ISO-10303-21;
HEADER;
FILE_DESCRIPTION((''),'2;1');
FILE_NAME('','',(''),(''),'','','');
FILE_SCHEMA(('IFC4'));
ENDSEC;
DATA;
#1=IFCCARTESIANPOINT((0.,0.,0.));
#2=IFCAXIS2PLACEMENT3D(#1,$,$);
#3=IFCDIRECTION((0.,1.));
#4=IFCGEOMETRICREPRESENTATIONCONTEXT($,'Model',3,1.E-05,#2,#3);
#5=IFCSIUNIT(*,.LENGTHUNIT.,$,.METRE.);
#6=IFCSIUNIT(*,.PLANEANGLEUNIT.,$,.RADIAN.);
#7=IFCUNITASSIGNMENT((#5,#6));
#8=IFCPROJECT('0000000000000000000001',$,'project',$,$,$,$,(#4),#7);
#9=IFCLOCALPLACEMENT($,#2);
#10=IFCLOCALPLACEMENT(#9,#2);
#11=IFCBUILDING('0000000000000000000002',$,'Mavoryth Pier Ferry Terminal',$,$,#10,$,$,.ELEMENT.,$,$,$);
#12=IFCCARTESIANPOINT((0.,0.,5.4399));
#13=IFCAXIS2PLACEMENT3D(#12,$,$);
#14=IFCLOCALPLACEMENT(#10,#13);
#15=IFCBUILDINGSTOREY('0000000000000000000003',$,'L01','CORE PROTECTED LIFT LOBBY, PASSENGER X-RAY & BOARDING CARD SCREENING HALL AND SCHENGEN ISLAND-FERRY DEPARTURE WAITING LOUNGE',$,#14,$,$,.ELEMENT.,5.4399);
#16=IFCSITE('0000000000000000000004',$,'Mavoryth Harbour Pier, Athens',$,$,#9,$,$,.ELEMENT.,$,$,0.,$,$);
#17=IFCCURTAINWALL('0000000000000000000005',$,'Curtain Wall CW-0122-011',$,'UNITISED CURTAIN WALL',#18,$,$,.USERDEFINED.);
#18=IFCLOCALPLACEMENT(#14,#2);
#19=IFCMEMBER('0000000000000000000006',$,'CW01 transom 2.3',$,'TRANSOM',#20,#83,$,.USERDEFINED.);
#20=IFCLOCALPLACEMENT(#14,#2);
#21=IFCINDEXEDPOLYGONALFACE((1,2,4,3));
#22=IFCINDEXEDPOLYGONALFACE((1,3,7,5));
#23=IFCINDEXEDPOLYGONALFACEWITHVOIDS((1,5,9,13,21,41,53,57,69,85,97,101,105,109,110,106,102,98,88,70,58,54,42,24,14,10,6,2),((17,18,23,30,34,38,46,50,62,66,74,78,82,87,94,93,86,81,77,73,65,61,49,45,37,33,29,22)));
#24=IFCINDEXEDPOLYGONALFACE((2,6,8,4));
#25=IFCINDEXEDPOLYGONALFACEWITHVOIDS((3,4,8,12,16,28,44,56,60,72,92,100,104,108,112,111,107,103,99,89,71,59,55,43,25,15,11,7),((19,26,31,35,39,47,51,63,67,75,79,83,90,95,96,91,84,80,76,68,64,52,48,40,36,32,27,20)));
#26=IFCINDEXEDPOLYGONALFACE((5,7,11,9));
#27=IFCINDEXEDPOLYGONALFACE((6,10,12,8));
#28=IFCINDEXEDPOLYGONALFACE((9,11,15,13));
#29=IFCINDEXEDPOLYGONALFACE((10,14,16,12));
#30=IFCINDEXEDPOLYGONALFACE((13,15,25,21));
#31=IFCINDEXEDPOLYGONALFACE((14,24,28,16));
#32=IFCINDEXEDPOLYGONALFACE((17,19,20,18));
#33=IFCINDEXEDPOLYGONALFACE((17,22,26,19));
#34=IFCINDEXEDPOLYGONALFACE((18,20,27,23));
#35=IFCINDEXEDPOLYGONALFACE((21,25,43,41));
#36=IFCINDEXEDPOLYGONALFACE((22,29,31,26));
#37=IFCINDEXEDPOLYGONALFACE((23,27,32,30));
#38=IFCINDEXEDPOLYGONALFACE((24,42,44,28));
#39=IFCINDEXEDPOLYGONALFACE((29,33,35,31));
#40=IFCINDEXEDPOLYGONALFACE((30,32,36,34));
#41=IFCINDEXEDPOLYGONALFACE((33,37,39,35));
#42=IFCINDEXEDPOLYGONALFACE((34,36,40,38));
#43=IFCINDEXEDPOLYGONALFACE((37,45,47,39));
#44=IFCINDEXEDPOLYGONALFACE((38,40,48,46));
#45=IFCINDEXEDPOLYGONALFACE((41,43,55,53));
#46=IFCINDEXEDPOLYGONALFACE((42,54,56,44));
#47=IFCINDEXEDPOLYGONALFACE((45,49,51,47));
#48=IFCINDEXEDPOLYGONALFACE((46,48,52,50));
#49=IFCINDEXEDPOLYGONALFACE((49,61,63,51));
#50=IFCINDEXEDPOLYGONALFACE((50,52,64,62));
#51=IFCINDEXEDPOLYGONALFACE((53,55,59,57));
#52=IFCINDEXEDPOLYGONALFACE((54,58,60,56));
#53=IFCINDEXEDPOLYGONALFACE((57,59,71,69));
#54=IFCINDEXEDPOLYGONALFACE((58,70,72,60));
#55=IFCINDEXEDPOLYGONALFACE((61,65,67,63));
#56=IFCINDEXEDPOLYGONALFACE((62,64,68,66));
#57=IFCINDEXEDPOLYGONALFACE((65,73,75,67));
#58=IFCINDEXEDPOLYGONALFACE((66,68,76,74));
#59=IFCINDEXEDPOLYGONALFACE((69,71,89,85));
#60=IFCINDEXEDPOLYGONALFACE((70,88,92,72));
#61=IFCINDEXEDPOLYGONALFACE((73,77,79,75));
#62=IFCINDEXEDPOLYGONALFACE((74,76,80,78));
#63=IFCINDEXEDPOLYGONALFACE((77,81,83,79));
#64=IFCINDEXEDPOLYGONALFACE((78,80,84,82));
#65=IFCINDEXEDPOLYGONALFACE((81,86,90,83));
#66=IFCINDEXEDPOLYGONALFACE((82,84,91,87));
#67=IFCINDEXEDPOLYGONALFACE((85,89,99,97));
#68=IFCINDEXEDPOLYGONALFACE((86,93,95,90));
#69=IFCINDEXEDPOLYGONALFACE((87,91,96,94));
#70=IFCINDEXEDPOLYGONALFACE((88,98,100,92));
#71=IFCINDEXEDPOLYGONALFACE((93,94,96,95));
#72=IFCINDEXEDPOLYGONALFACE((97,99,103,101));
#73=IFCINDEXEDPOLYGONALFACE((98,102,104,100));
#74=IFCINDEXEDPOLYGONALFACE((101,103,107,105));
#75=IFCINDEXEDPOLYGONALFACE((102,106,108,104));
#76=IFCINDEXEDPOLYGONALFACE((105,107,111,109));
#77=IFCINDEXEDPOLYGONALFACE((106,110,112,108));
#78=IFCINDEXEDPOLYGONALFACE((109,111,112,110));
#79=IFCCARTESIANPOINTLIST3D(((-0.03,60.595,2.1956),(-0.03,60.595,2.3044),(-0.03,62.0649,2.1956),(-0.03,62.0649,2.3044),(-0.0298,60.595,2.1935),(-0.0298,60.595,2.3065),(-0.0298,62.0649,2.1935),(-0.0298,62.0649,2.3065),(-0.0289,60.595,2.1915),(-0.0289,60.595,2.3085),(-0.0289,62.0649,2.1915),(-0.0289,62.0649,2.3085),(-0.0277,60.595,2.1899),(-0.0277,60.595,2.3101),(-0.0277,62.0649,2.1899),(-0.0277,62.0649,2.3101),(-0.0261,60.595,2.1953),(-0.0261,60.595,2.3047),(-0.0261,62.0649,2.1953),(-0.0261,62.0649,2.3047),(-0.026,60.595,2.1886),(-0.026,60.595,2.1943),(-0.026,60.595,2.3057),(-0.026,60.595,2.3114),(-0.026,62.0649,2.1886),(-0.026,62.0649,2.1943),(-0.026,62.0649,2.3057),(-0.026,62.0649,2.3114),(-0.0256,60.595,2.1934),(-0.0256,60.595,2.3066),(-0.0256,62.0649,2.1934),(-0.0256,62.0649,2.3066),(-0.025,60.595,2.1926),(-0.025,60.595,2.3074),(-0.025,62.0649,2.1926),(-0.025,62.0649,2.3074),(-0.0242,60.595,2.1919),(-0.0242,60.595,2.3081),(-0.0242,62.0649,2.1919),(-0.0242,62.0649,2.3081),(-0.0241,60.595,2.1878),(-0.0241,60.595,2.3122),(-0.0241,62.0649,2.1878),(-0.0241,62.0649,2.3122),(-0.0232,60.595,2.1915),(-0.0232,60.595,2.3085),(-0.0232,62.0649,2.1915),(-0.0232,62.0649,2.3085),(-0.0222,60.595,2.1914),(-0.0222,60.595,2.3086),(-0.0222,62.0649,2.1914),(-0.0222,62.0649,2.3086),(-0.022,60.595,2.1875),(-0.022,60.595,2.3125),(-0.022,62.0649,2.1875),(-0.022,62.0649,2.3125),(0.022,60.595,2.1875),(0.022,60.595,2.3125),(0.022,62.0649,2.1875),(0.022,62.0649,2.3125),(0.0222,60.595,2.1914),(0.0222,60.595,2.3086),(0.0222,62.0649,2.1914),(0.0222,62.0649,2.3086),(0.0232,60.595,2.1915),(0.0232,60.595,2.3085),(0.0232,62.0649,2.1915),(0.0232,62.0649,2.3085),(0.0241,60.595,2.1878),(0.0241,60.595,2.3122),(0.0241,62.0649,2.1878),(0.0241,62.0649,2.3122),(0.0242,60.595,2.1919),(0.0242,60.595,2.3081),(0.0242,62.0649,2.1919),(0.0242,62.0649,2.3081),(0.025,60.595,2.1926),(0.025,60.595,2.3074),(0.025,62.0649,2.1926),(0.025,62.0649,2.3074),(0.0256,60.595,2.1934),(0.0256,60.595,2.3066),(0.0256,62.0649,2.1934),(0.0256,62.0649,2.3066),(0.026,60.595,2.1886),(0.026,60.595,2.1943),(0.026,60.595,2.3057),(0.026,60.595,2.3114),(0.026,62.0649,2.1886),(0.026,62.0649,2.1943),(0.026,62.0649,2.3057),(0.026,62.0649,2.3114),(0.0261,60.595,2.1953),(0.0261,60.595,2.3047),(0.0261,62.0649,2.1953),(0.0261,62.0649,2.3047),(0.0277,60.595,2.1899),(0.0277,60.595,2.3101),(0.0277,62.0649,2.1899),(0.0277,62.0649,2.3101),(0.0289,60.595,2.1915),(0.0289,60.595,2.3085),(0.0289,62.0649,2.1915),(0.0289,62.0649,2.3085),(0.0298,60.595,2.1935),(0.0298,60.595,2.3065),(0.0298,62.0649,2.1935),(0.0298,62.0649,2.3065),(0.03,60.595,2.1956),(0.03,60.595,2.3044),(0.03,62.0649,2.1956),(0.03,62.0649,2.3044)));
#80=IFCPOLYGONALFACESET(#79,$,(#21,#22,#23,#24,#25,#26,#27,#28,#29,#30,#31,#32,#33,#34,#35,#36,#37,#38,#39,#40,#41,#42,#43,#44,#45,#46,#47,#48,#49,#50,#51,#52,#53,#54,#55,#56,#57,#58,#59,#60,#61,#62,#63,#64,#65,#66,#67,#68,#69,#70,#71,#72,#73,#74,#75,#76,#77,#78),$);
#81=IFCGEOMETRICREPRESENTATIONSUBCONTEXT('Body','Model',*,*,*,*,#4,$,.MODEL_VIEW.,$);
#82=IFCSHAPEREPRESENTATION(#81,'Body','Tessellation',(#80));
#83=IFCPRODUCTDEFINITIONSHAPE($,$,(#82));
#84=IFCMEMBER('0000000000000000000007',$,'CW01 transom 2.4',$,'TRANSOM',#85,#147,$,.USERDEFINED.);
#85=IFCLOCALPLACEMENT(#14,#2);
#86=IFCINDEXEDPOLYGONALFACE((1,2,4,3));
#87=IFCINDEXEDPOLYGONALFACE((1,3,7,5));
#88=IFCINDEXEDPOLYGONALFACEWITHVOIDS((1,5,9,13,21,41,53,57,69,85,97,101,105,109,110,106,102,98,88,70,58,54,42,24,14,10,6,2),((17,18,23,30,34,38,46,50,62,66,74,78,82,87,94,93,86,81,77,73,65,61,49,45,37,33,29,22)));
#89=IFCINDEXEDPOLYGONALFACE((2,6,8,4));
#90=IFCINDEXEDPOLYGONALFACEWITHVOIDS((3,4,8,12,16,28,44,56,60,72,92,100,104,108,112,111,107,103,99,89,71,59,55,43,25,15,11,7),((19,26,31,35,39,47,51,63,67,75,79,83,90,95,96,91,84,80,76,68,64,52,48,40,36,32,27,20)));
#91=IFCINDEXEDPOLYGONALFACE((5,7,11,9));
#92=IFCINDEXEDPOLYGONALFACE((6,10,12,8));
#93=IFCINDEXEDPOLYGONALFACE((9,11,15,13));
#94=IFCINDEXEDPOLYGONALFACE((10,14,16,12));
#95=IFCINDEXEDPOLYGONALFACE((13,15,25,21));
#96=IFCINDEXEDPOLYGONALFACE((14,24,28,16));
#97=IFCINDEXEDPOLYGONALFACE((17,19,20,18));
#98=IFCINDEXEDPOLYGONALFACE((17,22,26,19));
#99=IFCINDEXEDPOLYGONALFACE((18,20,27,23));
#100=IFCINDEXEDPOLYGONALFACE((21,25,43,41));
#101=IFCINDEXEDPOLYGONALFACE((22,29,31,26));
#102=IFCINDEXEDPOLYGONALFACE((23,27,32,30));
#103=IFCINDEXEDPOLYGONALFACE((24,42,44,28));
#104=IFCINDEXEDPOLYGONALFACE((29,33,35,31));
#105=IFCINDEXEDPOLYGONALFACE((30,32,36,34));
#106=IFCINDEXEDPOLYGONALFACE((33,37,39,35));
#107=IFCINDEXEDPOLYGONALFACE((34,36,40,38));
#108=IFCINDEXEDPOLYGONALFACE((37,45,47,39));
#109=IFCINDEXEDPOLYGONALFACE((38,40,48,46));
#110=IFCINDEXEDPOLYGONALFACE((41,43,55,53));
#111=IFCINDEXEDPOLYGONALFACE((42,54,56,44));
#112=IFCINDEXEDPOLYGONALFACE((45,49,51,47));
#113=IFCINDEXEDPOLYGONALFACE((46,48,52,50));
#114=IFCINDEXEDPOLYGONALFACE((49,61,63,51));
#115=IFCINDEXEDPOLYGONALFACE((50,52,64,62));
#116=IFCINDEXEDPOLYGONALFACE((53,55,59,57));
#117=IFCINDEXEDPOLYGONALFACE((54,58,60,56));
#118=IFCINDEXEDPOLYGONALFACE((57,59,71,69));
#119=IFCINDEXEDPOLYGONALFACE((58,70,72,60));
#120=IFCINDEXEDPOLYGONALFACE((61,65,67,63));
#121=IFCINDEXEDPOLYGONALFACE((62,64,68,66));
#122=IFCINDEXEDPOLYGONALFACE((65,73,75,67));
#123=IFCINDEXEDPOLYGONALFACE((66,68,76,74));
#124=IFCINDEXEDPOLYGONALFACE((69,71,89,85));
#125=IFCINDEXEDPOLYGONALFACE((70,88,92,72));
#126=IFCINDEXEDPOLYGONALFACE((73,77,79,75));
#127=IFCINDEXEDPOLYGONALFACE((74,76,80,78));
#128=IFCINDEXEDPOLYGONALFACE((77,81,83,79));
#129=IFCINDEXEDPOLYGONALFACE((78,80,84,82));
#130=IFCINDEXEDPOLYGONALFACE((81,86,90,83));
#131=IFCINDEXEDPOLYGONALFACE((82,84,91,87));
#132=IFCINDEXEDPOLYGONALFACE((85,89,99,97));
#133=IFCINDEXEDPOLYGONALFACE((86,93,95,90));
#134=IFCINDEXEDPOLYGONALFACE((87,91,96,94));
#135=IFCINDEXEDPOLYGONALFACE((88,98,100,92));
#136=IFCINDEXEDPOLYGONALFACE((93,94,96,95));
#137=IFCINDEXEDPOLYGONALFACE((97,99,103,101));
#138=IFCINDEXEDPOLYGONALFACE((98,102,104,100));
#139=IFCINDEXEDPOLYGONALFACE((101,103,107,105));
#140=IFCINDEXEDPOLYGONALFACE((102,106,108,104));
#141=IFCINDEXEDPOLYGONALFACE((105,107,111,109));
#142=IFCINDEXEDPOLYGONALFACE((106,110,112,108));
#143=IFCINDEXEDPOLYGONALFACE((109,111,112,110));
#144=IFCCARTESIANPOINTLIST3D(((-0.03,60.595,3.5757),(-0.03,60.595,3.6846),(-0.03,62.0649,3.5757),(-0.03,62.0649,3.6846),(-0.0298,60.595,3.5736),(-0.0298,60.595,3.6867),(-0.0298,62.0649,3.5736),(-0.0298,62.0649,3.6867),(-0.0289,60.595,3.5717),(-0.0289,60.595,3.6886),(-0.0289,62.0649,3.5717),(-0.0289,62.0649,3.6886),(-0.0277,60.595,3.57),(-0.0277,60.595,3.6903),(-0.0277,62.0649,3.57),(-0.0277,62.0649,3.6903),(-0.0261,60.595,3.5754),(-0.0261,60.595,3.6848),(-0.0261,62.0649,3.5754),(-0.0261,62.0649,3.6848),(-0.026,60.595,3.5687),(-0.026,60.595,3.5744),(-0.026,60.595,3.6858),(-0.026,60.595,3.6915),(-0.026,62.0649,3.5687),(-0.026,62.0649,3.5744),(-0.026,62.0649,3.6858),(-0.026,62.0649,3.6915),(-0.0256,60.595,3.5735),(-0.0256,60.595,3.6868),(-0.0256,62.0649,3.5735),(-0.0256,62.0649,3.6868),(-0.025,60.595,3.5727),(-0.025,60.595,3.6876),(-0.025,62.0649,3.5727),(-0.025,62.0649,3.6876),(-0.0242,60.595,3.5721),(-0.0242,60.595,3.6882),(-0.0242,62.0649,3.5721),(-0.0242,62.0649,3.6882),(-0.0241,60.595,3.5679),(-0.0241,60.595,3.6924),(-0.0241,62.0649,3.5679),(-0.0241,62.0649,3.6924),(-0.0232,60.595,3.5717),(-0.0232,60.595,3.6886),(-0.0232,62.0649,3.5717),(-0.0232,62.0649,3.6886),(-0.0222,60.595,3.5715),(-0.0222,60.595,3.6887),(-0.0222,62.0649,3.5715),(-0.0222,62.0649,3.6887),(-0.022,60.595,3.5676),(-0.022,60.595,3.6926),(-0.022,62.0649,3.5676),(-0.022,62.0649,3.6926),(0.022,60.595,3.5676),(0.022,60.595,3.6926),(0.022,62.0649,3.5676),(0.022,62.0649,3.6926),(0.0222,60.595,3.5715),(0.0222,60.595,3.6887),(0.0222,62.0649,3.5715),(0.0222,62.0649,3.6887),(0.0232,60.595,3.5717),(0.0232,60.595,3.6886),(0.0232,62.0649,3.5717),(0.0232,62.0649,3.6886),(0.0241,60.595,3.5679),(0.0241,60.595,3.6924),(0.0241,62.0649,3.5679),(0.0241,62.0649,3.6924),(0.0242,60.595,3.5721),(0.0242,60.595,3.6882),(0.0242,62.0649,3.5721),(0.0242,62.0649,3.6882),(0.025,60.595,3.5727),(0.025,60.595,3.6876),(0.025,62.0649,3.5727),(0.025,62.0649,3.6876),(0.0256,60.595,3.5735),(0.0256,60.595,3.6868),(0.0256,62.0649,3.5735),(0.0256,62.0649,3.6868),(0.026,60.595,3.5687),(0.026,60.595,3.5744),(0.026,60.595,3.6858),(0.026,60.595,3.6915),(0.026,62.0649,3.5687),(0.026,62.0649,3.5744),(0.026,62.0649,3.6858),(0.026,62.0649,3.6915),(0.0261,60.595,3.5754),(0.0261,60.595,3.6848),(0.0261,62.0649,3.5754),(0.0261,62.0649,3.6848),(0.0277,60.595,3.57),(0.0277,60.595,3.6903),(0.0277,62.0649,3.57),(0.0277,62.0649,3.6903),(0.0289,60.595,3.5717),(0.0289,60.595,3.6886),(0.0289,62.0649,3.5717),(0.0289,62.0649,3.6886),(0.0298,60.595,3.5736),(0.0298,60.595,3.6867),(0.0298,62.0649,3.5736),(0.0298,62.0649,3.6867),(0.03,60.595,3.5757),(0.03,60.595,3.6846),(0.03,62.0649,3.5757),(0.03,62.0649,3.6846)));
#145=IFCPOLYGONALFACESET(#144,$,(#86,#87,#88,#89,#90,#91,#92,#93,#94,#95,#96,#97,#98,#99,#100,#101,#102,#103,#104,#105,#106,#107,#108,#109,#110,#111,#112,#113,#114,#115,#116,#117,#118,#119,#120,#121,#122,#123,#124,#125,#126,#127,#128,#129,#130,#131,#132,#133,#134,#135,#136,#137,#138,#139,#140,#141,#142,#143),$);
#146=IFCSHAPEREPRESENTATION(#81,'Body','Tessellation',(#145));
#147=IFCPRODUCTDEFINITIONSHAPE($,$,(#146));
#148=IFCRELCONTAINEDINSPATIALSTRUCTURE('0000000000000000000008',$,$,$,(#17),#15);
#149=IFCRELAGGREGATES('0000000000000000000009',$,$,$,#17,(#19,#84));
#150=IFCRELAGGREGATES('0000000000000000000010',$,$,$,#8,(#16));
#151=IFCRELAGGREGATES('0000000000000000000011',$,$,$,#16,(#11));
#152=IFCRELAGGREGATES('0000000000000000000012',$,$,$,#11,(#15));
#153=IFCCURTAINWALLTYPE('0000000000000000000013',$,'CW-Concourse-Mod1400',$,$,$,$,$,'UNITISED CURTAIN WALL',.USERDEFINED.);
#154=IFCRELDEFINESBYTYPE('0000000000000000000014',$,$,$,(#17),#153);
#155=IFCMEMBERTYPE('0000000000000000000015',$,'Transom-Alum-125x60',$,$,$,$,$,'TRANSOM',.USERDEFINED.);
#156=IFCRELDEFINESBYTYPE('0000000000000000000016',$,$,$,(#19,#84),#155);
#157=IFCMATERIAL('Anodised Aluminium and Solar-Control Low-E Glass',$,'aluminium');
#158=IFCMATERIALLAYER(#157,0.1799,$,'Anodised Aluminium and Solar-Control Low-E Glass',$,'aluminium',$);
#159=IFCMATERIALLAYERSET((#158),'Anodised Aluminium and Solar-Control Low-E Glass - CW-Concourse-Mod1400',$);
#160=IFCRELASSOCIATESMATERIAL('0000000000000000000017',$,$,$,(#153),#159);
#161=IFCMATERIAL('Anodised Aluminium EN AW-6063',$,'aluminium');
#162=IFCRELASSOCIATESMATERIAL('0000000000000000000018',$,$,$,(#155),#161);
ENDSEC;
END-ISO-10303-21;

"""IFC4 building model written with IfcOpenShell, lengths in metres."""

from ifc_helpers import new_model, si_unit, direction, frame, origin, origin_2d, place, context, subcontext, project, spatial, hollow_rectangle, extrude, material, layer, layer_set, material_profile, profile_set, type_object, element, aggregate, save


model = new_model("IFC4")

# Units and contexts
model_context = context("Model", 3, precision=1e-05, world=origin(), true_north=direction((0.0, 1.0)))
body_context = subcontext(model_context, "Body", "Model", "MODEL_VIEW")
ifc_project = project(units=[si_unit("LENGTHUNIT", "METRE"), si_unit("PLANEANGLEUNIT", "RADIAN")], contexts=[model_context])

# Site, building, storey
site_placement = place(None, origin())
site = spatial("IfcSite", under=ifc_project, at=site_placement, Name="Mavoryth Harbour Pier, Athens", CompositionType="ELEMENT", RefElevation=0.0)
building_placement = place(site_placement, origin())
building = spatial("IfcBuilding", under=site, at=building_placement, Name="Mavoryth Pier Ferry Terminal", CompositionType="ELEMENT")
storey_placement = place(building_placement, frame((0.0, 0.0, 5.4399)))
storey = spatial("IfcBuildingStorey", under=building, at=storey_placement, Name="L01", Description="CORE PROTECTED LIFT LOBBY, PASSENGER X-RAY & BOARDING CARD SCREENING HALL AND SCHENGEN ISLAND-FERRY DEPARTURE WAITING LOUNGE", CompositionType="ELEMENT", Elevation=5.4399)

# Curtain wall, members
ifc_material_1 = material(Name="Anodised Aluminium and Solar-Control Low-E Glass", Category="aluminium")
ifc_layer_1 = layer(ifc_material_1, 0.1799, Name="Anodised Aluminium and Solar-Control Low-E Glass", Category="aluminium")
ifc_layer_set_1 = layer_set([ifc_layer_1], Name="Anodised Aluminium and Solar-Control Low-E Glass - CW-Concourse-Mod1400")
curtain_wall_type = type_object("IfcCurtainWallType", Name="CW-Concourse-Mod1400", ElementType="UNITISED CURTAIN WALL", PredefinedType="USERDEFINED", material=ifc_layer_set_1)
curtain_wall_placement = place(storey_placement, origin())
curtain_wall = element("IfcCurtainWall", 1, at=curtain_wall_placement, inside=storey, type_object=curtain_wall_type, Name="Curtain Wall CW-0122-011", ObjectType="UNITISED CURTAIN WALL", PredefinedType="USERDEFINED")
ifc_material_2 = material(Name="Anodised Aluminium EN AW-6063", Category="aluminium")
ifc_material_profile_1 = material_profile(ifc_material_2, hollow_rectangle(XDim=0.0601, YDim=0.125, WallThickness=0.0039, InnerFilletRadius=0.0039, OuterFilletRadius=0.0081, at=origin_2d()), Name="AL-TRAN 125x60x4", Category="aluminium")
ifc_profile_set_1 = profile_set([ifc_material_profile_1], Name="Anodised Aluminium EN AW-6063 - AL-TRAN 125x60x4")
member_type_1 = type_object("IfcMemberType", Name="Transom-Alum-125x60", ElementType="TRANSOM", PredefinedType="USERDEFINED", material=ifc_profile_set_1)
member_1_placement = place(storey_placement, frame((0.0, 62.0649, 2.25), z_axis=(0.0, -1.0, 0.0), x_axis=(1.0, 0.0, 0.0)))
member_1 = element("IfcMember", 2, at=member_1_placement, type_object=member_type_1, Name="CW01 transom 2.3", ObjectType="TRANSOM", PredefinedType="USERDEFINED", context=body_context, shape_type="SweptSolid", body=[
    extrude(hollow_rectangle(XDim=0.0601, YDim=0.125, WallThickness=0.0039, InnerFilletRadius=0.0039, OuterFilletRadius=0.0081, at=origin_2d()), origin(), (0.0, 0.0, 1.0), 1.47),
])
member_2_placement = place(storey_placement, frame((0.0, 62.0649, 3.6301), z_axis=(0.0, -1.0, 0.0), x_axis=(1.0, 0.0, 0.0)))
member_2 = element("IfcMember", 3, at=member_2_placement, type_object=member_type_1, Name="CW01 transom 2.4", ObjectType="TRANSOM", PredefinedType="USERDEFINED", context=body_context, shape_type="SweptSolid", body=[
    extrude(hollow_rectangle(XDim=0.0601, YDim=0.125, WallThickness=0.0039, InnerFilletRadius=0.0039, OuterFilletRadius=0.0081, at=origin_2d()), origin(), (0.0, 0.0, 1.0), 1.47),
])
aggregate(curtain_wall, [member_1, member_2])

save(model, "model.ifc")
